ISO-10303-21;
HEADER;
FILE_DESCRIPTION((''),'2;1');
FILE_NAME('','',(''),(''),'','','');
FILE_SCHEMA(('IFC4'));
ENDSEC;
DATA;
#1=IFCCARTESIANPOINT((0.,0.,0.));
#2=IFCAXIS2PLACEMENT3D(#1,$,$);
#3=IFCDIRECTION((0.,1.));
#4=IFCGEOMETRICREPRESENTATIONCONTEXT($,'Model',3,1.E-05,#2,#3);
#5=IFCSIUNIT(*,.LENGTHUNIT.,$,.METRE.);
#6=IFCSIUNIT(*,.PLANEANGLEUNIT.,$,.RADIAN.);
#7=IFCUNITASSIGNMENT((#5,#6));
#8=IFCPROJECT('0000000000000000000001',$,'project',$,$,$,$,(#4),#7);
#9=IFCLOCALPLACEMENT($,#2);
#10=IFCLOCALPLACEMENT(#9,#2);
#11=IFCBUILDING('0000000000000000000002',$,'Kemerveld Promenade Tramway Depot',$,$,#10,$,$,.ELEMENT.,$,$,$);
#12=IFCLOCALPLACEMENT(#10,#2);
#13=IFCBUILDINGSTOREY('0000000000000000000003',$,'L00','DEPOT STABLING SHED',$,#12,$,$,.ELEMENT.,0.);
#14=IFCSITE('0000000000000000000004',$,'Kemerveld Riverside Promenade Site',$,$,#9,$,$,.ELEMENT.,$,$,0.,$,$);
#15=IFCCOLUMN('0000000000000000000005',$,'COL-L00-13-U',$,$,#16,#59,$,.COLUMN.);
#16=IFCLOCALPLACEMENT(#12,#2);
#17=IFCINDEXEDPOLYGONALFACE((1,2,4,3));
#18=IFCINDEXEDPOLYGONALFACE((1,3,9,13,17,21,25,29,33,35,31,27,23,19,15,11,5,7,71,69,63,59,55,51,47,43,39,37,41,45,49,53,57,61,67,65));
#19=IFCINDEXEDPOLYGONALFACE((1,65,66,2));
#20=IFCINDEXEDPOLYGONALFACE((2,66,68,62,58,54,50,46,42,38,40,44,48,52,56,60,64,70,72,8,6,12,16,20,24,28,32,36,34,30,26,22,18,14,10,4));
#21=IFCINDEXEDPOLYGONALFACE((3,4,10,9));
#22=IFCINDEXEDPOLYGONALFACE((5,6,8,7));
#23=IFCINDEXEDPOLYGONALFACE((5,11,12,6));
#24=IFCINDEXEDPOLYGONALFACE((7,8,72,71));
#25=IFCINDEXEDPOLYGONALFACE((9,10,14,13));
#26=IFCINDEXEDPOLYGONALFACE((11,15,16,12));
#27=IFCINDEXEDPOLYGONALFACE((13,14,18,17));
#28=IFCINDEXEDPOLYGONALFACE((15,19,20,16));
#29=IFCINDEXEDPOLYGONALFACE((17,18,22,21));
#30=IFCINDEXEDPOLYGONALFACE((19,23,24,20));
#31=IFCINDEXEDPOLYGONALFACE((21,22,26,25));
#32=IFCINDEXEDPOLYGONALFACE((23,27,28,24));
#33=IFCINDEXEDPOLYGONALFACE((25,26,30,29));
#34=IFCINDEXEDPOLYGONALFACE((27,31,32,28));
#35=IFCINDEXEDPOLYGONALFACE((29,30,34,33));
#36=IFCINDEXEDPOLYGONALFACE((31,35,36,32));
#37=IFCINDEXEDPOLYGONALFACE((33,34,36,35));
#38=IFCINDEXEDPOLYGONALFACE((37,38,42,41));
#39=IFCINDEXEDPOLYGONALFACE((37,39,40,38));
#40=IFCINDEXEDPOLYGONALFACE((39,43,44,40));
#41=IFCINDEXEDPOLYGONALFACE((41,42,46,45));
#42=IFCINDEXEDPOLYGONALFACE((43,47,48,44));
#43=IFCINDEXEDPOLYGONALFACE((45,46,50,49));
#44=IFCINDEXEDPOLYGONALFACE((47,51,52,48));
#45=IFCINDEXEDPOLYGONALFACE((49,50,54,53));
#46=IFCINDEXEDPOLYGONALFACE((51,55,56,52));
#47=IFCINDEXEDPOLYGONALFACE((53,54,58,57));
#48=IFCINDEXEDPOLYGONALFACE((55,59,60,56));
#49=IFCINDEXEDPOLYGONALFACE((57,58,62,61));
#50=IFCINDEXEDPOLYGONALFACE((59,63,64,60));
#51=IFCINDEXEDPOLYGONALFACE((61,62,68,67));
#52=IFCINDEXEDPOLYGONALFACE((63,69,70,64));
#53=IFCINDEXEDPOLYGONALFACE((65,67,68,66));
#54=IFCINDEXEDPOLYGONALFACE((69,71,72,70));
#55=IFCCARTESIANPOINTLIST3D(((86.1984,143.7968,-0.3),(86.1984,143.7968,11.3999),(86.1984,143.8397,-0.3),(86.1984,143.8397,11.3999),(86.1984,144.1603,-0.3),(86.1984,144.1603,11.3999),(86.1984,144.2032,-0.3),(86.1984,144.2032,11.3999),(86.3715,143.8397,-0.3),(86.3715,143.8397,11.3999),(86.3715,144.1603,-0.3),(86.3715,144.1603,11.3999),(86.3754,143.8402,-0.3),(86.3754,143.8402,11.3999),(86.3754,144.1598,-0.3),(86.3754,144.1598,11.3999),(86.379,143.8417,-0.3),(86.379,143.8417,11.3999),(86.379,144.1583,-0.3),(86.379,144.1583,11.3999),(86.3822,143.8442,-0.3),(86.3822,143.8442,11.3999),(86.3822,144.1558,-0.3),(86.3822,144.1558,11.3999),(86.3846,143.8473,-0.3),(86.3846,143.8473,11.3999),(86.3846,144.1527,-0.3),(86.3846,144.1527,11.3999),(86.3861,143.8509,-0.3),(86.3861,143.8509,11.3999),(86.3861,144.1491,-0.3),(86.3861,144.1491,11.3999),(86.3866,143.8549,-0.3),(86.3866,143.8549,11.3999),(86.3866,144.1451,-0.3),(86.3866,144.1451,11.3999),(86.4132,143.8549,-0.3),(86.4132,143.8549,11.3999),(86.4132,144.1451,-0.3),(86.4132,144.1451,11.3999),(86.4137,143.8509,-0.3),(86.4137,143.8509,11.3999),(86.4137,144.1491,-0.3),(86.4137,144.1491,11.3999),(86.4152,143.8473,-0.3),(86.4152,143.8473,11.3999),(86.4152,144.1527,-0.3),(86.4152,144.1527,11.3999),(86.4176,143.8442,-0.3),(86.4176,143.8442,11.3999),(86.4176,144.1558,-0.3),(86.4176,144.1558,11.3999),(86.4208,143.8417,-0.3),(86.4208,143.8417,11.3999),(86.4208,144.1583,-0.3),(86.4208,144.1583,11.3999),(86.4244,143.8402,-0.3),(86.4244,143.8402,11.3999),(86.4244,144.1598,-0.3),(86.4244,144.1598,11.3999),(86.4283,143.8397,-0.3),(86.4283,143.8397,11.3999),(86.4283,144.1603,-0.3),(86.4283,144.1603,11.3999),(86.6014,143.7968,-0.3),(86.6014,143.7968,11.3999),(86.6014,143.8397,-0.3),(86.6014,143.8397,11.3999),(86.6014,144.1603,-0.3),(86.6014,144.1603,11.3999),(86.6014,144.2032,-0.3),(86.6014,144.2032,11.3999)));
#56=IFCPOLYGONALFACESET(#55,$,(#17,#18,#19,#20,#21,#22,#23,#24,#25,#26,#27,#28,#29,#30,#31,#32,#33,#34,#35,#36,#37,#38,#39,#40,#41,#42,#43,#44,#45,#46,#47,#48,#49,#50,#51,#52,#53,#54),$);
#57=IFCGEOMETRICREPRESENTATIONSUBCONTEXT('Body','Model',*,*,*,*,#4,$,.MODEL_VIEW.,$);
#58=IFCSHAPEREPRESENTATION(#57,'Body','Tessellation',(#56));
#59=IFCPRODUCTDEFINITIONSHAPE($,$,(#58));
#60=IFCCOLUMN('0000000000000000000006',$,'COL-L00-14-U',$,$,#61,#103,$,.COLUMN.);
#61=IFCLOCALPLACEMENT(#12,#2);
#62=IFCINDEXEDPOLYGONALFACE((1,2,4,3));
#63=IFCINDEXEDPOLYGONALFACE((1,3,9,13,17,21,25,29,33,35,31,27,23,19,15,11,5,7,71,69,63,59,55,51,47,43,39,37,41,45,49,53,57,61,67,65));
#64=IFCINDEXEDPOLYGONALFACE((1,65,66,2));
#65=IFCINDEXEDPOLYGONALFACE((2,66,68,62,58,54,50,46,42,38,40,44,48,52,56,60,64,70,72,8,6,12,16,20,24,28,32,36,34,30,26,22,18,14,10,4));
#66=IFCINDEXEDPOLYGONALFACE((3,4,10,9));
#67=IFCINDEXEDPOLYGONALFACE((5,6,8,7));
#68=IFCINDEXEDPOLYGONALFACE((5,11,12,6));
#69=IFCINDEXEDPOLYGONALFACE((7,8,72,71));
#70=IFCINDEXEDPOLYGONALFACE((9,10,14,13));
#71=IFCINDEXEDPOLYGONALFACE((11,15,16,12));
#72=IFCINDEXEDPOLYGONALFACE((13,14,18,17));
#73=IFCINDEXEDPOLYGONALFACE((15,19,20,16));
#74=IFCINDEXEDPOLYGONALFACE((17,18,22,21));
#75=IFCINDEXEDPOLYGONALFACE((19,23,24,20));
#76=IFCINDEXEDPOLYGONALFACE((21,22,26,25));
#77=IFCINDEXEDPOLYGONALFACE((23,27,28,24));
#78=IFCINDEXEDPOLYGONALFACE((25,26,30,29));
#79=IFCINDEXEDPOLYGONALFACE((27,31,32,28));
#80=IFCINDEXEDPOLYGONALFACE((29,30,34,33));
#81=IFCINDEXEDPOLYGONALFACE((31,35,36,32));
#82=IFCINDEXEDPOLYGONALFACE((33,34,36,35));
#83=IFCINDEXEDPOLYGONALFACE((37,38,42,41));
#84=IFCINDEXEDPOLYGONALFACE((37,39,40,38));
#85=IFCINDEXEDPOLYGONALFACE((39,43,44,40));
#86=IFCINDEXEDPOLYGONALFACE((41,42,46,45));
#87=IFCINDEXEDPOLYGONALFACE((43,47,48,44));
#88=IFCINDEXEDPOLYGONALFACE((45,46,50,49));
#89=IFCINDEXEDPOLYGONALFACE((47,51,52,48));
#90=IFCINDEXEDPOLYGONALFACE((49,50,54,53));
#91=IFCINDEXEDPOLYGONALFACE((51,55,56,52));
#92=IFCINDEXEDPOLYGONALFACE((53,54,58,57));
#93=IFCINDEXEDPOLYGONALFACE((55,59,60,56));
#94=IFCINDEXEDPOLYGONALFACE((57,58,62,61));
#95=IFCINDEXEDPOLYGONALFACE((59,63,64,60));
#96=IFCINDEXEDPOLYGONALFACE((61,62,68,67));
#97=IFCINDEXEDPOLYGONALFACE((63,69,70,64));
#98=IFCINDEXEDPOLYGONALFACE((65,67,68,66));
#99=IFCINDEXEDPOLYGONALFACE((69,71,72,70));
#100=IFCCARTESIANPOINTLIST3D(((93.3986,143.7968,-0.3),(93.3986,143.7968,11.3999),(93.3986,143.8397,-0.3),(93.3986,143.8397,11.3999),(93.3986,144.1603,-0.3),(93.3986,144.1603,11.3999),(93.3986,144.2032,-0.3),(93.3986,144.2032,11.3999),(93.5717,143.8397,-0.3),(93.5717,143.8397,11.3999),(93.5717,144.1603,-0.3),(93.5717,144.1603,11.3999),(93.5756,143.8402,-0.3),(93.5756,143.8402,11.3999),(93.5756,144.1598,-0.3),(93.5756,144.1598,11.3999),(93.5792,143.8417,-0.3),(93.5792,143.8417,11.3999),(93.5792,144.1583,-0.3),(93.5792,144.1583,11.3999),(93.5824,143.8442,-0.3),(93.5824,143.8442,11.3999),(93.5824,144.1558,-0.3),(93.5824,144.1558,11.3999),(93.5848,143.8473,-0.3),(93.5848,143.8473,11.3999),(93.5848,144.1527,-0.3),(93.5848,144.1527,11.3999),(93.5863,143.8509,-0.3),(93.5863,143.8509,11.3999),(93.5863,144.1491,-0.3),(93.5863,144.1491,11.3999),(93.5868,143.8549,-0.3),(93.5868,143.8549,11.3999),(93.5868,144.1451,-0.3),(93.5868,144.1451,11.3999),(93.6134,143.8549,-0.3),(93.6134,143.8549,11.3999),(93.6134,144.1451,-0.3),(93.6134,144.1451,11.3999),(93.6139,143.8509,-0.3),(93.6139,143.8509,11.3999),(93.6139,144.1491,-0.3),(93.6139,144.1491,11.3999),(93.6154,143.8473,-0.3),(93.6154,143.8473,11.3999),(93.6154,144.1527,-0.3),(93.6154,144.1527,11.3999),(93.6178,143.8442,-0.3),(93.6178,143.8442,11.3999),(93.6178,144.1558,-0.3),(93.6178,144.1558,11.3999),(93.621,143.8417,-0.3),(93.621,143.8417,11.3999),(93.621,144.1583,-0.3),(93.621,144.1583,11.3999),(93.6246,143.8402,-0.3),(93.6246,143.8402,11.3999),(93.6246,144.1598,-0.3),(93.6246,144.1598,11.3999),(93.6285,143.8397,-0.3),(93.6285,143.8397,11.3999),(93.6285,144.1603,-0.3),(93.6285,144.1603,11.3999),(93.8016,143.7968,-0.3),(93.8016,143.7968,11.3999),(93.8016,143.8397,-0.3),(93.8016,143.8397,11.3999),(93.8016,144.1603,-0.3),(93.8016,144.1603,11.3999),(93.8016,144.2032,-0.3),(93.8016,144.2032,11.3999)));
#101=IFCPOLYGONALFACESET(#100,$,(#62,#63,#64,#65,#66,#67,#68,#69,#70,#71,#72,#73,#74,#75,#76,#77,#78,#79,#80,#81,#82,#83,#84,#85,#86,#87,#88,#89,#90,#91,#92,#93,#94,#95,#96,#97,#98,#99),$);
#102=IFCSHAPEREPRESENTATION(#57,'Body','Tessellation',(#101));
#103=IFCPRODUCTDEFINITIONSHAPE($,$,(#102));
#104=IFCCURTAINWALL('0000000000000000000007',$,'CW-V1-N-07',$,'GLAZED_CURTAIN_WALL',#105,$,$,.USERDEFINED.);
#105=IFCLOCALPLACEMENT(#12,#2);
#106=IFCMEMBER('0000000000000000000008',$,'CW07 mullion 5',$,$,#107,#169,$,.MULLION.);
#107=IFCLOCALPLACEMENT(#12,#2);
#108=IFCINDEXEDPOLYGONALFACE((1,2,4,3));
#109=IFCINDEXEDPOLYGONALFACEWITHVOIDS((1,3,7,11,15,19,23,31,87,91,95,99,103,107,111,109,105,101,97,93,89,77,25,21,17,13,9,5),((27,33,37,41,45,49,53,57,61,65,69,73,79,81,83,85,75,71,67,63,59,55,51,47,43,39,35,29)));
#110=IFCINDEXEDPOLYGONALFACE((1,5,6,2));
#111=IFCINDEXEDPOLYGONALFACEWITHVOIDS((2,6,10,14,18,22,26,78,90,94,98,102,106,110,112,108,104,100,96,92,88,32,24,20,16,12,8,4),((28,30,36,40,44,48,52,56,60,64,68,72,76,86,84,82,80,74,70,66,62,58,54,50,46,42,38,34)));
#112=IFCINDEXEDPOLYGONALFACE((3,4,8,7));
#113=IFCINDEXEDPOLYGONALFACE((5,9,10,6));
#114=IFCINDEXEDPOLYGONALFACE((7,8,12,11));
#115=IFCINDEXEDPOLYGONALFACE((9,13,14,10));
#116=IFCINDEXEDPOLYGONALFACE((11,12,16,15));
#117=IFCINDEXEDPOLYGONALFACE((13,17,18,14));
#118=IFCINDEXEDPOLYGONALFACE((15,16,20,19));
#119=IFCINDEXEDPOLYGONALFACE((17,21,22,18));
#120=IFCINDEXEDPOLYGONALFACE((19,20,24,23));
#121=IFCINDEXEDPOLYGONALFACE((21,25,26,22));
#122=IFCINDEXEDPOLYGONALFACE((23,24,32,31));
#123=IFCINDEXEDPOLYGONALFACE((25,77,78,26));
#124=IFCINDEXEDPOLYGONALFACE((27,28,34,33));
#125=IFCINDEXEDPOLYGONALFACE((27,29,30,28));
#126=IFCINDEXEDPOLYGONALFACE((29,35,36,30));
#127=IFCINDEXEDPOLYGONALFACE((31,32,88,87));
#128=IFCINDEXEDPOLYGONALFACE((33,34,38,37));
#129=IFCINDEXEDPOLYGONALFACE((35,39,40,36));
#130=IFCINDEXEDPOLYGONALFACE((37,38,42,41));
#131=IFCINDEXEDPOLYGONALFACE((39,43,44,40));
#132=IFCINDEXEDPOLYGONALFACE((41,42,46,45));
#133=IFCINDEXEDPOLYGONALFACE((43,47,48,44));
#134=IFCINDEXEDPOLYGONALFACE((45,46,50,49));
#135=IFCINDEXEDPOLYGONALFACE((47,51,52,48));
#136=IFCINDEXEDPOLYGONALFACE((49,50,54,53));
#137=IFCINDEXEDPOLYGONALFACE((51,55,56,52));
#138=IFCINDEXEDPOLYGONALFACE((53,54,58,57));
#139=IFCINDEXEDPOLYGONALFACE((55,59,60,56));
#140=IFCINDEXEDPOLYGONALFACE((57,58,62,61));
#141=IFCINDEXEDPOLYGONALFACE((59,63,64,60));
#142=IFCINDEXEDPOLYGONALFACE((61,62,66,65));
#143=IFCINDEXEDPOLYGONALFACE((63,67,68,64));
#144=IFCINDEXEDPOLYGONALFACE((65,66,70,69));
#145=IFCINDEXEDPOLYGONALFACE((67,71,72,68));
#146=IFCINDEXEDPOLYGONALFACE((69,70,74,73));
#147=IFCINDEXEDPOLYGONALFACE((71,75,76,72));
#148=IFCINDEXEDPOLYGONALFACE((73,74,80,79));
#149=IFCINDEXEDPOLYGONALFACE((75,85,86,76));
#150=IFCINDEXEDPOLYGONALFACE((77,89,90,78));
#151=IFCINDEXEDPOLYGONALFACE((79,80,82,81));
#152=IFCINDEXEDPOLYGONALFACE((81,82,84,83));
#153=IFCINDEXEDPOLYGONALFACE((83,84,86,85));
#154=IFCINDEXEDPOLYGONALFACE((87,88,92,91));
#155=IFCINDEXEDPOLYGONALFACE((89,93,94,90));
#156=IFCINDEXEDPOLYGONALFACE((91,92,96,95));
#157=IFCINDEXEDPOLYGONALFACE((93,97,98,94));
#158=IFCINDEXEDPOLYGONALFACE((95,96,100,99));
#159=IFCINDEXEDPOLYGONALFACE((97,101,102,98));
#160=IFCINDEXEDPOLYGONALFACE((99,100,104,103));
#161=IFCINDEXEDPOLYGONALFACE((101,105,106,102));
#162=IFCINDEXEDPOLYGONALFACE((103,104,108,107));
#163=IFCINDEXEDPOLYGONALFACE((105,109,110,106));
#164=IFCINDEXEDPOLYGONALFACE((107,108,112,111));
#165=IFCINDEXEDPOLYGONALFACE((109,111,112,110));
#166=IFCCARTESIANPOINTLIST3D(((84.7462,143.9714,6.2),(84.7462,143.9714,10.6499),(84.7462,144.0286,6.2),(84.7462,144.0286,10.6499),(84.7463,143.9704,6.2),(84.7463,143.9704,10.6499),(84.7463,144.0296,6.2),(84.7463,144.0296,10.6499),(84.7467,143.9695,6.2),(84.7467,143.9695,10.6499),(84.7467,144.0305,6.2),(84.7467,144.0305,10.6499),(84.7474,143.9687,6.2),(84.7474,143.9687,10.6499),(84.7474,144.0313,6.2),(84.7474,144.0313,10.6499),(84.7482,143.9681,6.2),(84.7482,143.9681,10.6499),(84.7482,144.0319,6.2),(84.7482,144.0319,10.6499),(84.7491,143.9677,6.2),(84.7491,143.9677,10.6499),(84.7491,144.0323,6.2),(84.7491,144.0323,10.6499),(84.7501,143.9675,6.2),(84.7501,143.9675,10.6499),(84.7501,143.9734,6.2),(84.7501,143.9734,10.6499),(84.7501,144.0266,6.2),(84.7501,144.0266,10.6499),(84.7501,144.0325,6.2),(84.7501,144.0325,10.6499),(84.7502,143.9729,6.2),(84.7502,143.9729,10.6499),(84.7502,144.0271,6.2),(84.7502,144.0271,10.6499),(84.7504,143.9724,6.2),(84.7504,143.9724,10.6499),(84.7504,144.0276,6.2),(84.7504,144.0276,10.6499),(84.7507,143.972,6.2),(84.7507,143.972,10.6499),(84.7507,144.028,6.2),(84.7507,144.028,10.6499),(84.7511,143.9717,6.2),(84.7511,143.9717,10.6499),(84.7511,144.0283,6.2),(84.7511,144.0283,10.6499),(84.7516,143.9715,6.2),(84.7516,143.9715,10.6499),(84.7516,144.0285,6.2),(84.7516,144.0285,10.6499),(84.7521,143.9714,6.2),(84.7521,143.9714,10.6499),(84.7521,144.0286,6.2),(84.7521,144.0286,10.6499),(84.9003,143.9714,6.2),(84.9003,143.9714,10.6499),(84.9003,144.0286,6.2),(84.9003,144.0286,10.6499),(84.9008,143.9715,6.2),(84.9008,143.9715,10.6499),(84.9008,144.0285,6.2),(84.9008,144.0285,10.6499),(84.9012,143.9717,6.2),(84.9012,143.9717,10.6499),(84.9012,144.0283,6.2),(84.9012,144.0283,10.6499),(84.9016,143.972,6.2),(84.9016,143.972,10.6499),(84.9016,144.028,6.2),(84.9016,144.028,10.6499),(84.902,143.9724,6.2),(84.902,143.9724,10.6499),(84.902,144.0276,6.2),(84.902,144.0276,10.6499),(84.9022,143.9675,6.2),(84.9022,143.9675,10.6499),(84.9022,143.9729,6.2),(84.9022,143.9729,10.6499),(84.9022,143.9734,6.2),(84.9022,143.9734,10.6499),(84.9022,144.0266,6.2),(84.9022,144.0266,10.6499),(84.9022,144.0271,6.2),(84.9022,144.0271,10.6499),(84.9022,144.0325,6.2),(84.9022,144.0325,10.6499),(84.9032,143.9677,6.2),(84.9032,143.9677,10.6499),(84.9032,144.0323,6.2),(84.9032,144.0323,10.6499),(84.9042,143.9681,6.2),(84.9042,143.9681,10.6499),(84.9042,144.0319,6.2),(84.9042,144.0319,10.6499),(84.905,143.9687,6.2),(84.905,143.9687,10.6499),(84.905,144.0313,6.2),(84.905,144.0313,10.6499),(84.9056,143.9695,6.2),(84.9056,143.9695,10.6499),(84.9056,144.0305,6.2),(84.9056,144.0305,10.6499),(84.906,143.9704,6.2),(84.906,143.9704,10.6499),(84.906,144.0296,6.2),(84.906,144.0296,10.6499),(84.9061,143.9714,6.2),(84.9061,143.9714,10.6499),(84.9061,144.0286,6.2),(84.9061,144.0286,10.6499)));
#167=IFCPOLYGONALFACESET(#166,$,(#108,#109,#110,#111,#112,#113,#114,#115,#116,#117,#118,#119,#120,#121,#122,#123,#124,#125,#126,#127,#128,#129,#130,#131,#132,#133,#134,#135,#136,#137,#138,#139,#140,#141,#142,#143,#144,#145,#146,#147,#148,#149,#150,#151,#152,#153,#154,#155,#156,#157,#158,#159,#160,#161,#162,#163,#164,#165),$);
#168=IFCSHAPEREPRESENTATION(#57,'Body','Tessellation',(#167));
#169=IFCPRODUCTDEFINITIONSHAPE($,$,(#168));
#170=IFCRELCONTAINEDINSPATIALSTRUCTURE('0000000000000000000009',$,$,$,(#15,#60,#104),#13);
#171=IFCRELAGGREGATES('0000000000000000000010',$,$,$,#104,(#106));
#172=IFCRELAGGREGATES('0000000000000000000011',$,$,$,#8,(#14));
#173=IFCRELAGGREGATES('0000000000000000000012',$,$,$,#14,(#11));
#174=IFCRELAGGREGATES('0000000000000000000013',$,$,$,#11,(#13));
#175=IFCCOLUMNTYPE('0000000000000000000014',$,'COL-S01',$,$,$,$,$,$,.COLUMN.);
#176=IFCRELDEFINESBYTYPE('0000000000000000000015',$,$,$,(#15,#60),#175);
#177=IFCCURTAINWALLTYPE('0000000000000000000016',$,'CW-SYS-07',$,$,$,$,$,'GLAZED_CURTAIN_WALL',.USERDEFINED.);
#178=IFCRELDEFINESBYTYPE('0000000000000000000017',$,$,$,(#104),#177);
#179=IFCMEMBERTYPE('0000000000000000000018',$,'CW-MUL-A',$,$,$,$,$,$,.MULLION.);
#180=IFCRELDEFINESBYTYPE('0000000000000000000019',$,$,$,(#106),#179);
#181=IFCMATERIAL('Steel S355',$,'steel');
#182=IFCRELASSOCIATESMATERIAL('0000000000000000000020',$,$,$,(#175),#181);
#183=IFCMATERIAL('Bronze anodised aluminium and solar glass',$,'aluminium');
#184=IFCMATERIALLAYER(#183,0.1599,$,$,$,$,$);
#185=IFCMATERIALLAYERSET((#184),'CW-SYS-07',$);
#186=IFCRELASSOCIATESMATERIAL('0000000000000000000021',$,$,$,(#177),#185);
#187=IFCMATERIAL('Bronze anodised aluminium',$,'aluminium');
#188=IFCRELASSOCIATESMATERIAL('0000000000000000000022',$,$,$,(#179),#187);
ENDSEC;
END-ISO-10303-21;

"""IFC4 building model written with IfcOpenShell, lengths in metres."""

from ifc_helpers import new_model, si_unit, direction, frame, origin, origin_2d, place, context, subcontext, project, spatial, hollow_rectangle, i_section, extrude, material, layer, layer_set, material_profile, profile_set, type_object, element, aggregate, save


model = new_model("IFC4")

# Units and contexts
model_context = context("Model", 3, precision=1e-05, world=origin(), true_north=direction((0.0, 1.0)))
body_context = subcontext(model_context, "Body", "Model", "MODEL_VIEW")
ifc_project = project(units=[si_unit("LENGTHUNIT", "METRE"), si_unit("PLANEANGLEUNIT", "RADIAN")], contexts=[model_context])

# Site, building, storey
site_placement = place(None, origin())
site = spatial("IfcSite", under=ifc_project, at=site_placement, Name="Kemerveld Riverside Promenade Site", CompositionType="ELEMENT", RefElevation=0.0)
building_placement = place(site_placement, origin())
building = spatial("IfcBuilding", under=site, at=building_placement, Name="Kemerveld Promenade Tramway Depot", CompositionType="ELEMENT")
storey_placement = place(building_placement, origin())
storey = spatial("IfcBuildingStorey", under=building, at=storey_placement, Name="L00", Description="DEPOT STABLING SHED", CompositionType="ELEMENT", Elevation=0.0)

# Columns
ifc_material_1 = material(Name="Steel S355", Category="steel")
ifc_material_profile_1 = material_profile(ifc_material_1, i_section(OverallWidth=0.4031, OverallDepth=0.4065, WebThickness=0.0266, FlangeThickness=0.043, FilletRadius=0.0151, at=origin_2d()), Name="356x406x340 UC")
ifc_profile_set_1 = profile_set([ifc_material_profile_1], Name="Steel S355")
column_type = type_object("IfcColumnType", Name="COL-S01", PredefinedType="COLUMN", material=ifc_profile_set_1)
for number, where, z_axis, x_axis, name in (
    (1, (86.3999, 144.0, -0.3), (0.0, 0.0, 1.0), (1.0, 0.0, 0.0), "COL-L00-13-U"),
    (2, (93.6001, 144.0, -0.3), (0.0, 0.0, 1.0), (1.0, 0.0, 0.0), "COL-L00-14-U"),
):
    element("IfcColumn", number, at=place(storey_placement, frame(where, z_axis=z_axis, x_axis=x_axis)), inside=storey, type_object=column_type, Name=name, PredefinedType="COLUMN", context=body_context, shape_type="SweptSolid", body=[
        extrude(i_section(OverallWidth=0.4031, OverallDepth=0.4065, WebThickness=0.0266, FlangeThickness=0.043, FilletRadius=0.0151, at=origin_2d()), origin(), (0.0, 0.0, 1.0), 11.7),
    ])

# Curtain wall, member
ifc_material_2 = material(Name="Bronze anodised aluminium and solar glass", Category="aluminium")
ifc_layer_1 = layer(ifc_material_2, 0.1599)
ifc_layer_set_1 = layer_set([ifc_layer_1], Name="CW-SYS-07")
curtain_wall_type_1 = type_object("IfcCurtainWallType", Name="CW-SYS-07", ElementType="GLAZED_CURTAIN_WALL", PredefinedType="USERDEFINED", material=ifc_layer_set_1)
curtain_wall_1_placement = place(storey_placement, origin())
curtain_wall_1 = element("IfcCurtainWall", 3, at=curtain_wall_1_placement, inside=storey, type_object=curtain_wall_type_1, Name="CW-V1-N-07", ObjectType="GLAZED_CURTAIN_WALL", PredefinedType="USERDEFINED")
ifc_material_3 = material(Name="Bronze anodised aluminium", Category="aluminium")
ifc_material_profile_2 = material_profile(ifc_material_3, hollow_rectangle(XDim=0.0649, YDim=0.1599, WallThickness=0.0039, InnerFilletRadius=0.002, OuterFilletRadius=0.0039, at=origin_2d()), Name="CW-MUL-160x65")
ifc_profile_set_2 = profile_set([ifc_material_profile_2], Name="Bronze anodised aluminium")
member_type_1 = type_object("IfcMemberType", Name="CW-MUL-A", PredefinedType="MULLION", material=ifc_profile_set_2)
member_1_placement = place(storey_placement, frame((84.8262, 144.0, 6.2), z_axis=(0.0, 0.0, 1.0), x_axis=(0.0, 1.0, 0.0)))
member_1 = element("IfcMember", 4, at=member_1_placement, type_object=member_type_1, Name="CW07 mullion 5", PredefinedType="MULLION", context=body_context, shape_type="SweptSolid", body=[
    extrude(hollow_rectangle(XDim=0.0649, YDim=0.1599, WallThickness=0.0039, InnerFilletRadius=0.002, OuterFilletRadius=0.0039, at=origin_2d()), origin(), (0.0, 0.0, 1.0), 4.45),
])

aggregate(curtain_wall_1, [member_1])

save(model, "model.ifc")
